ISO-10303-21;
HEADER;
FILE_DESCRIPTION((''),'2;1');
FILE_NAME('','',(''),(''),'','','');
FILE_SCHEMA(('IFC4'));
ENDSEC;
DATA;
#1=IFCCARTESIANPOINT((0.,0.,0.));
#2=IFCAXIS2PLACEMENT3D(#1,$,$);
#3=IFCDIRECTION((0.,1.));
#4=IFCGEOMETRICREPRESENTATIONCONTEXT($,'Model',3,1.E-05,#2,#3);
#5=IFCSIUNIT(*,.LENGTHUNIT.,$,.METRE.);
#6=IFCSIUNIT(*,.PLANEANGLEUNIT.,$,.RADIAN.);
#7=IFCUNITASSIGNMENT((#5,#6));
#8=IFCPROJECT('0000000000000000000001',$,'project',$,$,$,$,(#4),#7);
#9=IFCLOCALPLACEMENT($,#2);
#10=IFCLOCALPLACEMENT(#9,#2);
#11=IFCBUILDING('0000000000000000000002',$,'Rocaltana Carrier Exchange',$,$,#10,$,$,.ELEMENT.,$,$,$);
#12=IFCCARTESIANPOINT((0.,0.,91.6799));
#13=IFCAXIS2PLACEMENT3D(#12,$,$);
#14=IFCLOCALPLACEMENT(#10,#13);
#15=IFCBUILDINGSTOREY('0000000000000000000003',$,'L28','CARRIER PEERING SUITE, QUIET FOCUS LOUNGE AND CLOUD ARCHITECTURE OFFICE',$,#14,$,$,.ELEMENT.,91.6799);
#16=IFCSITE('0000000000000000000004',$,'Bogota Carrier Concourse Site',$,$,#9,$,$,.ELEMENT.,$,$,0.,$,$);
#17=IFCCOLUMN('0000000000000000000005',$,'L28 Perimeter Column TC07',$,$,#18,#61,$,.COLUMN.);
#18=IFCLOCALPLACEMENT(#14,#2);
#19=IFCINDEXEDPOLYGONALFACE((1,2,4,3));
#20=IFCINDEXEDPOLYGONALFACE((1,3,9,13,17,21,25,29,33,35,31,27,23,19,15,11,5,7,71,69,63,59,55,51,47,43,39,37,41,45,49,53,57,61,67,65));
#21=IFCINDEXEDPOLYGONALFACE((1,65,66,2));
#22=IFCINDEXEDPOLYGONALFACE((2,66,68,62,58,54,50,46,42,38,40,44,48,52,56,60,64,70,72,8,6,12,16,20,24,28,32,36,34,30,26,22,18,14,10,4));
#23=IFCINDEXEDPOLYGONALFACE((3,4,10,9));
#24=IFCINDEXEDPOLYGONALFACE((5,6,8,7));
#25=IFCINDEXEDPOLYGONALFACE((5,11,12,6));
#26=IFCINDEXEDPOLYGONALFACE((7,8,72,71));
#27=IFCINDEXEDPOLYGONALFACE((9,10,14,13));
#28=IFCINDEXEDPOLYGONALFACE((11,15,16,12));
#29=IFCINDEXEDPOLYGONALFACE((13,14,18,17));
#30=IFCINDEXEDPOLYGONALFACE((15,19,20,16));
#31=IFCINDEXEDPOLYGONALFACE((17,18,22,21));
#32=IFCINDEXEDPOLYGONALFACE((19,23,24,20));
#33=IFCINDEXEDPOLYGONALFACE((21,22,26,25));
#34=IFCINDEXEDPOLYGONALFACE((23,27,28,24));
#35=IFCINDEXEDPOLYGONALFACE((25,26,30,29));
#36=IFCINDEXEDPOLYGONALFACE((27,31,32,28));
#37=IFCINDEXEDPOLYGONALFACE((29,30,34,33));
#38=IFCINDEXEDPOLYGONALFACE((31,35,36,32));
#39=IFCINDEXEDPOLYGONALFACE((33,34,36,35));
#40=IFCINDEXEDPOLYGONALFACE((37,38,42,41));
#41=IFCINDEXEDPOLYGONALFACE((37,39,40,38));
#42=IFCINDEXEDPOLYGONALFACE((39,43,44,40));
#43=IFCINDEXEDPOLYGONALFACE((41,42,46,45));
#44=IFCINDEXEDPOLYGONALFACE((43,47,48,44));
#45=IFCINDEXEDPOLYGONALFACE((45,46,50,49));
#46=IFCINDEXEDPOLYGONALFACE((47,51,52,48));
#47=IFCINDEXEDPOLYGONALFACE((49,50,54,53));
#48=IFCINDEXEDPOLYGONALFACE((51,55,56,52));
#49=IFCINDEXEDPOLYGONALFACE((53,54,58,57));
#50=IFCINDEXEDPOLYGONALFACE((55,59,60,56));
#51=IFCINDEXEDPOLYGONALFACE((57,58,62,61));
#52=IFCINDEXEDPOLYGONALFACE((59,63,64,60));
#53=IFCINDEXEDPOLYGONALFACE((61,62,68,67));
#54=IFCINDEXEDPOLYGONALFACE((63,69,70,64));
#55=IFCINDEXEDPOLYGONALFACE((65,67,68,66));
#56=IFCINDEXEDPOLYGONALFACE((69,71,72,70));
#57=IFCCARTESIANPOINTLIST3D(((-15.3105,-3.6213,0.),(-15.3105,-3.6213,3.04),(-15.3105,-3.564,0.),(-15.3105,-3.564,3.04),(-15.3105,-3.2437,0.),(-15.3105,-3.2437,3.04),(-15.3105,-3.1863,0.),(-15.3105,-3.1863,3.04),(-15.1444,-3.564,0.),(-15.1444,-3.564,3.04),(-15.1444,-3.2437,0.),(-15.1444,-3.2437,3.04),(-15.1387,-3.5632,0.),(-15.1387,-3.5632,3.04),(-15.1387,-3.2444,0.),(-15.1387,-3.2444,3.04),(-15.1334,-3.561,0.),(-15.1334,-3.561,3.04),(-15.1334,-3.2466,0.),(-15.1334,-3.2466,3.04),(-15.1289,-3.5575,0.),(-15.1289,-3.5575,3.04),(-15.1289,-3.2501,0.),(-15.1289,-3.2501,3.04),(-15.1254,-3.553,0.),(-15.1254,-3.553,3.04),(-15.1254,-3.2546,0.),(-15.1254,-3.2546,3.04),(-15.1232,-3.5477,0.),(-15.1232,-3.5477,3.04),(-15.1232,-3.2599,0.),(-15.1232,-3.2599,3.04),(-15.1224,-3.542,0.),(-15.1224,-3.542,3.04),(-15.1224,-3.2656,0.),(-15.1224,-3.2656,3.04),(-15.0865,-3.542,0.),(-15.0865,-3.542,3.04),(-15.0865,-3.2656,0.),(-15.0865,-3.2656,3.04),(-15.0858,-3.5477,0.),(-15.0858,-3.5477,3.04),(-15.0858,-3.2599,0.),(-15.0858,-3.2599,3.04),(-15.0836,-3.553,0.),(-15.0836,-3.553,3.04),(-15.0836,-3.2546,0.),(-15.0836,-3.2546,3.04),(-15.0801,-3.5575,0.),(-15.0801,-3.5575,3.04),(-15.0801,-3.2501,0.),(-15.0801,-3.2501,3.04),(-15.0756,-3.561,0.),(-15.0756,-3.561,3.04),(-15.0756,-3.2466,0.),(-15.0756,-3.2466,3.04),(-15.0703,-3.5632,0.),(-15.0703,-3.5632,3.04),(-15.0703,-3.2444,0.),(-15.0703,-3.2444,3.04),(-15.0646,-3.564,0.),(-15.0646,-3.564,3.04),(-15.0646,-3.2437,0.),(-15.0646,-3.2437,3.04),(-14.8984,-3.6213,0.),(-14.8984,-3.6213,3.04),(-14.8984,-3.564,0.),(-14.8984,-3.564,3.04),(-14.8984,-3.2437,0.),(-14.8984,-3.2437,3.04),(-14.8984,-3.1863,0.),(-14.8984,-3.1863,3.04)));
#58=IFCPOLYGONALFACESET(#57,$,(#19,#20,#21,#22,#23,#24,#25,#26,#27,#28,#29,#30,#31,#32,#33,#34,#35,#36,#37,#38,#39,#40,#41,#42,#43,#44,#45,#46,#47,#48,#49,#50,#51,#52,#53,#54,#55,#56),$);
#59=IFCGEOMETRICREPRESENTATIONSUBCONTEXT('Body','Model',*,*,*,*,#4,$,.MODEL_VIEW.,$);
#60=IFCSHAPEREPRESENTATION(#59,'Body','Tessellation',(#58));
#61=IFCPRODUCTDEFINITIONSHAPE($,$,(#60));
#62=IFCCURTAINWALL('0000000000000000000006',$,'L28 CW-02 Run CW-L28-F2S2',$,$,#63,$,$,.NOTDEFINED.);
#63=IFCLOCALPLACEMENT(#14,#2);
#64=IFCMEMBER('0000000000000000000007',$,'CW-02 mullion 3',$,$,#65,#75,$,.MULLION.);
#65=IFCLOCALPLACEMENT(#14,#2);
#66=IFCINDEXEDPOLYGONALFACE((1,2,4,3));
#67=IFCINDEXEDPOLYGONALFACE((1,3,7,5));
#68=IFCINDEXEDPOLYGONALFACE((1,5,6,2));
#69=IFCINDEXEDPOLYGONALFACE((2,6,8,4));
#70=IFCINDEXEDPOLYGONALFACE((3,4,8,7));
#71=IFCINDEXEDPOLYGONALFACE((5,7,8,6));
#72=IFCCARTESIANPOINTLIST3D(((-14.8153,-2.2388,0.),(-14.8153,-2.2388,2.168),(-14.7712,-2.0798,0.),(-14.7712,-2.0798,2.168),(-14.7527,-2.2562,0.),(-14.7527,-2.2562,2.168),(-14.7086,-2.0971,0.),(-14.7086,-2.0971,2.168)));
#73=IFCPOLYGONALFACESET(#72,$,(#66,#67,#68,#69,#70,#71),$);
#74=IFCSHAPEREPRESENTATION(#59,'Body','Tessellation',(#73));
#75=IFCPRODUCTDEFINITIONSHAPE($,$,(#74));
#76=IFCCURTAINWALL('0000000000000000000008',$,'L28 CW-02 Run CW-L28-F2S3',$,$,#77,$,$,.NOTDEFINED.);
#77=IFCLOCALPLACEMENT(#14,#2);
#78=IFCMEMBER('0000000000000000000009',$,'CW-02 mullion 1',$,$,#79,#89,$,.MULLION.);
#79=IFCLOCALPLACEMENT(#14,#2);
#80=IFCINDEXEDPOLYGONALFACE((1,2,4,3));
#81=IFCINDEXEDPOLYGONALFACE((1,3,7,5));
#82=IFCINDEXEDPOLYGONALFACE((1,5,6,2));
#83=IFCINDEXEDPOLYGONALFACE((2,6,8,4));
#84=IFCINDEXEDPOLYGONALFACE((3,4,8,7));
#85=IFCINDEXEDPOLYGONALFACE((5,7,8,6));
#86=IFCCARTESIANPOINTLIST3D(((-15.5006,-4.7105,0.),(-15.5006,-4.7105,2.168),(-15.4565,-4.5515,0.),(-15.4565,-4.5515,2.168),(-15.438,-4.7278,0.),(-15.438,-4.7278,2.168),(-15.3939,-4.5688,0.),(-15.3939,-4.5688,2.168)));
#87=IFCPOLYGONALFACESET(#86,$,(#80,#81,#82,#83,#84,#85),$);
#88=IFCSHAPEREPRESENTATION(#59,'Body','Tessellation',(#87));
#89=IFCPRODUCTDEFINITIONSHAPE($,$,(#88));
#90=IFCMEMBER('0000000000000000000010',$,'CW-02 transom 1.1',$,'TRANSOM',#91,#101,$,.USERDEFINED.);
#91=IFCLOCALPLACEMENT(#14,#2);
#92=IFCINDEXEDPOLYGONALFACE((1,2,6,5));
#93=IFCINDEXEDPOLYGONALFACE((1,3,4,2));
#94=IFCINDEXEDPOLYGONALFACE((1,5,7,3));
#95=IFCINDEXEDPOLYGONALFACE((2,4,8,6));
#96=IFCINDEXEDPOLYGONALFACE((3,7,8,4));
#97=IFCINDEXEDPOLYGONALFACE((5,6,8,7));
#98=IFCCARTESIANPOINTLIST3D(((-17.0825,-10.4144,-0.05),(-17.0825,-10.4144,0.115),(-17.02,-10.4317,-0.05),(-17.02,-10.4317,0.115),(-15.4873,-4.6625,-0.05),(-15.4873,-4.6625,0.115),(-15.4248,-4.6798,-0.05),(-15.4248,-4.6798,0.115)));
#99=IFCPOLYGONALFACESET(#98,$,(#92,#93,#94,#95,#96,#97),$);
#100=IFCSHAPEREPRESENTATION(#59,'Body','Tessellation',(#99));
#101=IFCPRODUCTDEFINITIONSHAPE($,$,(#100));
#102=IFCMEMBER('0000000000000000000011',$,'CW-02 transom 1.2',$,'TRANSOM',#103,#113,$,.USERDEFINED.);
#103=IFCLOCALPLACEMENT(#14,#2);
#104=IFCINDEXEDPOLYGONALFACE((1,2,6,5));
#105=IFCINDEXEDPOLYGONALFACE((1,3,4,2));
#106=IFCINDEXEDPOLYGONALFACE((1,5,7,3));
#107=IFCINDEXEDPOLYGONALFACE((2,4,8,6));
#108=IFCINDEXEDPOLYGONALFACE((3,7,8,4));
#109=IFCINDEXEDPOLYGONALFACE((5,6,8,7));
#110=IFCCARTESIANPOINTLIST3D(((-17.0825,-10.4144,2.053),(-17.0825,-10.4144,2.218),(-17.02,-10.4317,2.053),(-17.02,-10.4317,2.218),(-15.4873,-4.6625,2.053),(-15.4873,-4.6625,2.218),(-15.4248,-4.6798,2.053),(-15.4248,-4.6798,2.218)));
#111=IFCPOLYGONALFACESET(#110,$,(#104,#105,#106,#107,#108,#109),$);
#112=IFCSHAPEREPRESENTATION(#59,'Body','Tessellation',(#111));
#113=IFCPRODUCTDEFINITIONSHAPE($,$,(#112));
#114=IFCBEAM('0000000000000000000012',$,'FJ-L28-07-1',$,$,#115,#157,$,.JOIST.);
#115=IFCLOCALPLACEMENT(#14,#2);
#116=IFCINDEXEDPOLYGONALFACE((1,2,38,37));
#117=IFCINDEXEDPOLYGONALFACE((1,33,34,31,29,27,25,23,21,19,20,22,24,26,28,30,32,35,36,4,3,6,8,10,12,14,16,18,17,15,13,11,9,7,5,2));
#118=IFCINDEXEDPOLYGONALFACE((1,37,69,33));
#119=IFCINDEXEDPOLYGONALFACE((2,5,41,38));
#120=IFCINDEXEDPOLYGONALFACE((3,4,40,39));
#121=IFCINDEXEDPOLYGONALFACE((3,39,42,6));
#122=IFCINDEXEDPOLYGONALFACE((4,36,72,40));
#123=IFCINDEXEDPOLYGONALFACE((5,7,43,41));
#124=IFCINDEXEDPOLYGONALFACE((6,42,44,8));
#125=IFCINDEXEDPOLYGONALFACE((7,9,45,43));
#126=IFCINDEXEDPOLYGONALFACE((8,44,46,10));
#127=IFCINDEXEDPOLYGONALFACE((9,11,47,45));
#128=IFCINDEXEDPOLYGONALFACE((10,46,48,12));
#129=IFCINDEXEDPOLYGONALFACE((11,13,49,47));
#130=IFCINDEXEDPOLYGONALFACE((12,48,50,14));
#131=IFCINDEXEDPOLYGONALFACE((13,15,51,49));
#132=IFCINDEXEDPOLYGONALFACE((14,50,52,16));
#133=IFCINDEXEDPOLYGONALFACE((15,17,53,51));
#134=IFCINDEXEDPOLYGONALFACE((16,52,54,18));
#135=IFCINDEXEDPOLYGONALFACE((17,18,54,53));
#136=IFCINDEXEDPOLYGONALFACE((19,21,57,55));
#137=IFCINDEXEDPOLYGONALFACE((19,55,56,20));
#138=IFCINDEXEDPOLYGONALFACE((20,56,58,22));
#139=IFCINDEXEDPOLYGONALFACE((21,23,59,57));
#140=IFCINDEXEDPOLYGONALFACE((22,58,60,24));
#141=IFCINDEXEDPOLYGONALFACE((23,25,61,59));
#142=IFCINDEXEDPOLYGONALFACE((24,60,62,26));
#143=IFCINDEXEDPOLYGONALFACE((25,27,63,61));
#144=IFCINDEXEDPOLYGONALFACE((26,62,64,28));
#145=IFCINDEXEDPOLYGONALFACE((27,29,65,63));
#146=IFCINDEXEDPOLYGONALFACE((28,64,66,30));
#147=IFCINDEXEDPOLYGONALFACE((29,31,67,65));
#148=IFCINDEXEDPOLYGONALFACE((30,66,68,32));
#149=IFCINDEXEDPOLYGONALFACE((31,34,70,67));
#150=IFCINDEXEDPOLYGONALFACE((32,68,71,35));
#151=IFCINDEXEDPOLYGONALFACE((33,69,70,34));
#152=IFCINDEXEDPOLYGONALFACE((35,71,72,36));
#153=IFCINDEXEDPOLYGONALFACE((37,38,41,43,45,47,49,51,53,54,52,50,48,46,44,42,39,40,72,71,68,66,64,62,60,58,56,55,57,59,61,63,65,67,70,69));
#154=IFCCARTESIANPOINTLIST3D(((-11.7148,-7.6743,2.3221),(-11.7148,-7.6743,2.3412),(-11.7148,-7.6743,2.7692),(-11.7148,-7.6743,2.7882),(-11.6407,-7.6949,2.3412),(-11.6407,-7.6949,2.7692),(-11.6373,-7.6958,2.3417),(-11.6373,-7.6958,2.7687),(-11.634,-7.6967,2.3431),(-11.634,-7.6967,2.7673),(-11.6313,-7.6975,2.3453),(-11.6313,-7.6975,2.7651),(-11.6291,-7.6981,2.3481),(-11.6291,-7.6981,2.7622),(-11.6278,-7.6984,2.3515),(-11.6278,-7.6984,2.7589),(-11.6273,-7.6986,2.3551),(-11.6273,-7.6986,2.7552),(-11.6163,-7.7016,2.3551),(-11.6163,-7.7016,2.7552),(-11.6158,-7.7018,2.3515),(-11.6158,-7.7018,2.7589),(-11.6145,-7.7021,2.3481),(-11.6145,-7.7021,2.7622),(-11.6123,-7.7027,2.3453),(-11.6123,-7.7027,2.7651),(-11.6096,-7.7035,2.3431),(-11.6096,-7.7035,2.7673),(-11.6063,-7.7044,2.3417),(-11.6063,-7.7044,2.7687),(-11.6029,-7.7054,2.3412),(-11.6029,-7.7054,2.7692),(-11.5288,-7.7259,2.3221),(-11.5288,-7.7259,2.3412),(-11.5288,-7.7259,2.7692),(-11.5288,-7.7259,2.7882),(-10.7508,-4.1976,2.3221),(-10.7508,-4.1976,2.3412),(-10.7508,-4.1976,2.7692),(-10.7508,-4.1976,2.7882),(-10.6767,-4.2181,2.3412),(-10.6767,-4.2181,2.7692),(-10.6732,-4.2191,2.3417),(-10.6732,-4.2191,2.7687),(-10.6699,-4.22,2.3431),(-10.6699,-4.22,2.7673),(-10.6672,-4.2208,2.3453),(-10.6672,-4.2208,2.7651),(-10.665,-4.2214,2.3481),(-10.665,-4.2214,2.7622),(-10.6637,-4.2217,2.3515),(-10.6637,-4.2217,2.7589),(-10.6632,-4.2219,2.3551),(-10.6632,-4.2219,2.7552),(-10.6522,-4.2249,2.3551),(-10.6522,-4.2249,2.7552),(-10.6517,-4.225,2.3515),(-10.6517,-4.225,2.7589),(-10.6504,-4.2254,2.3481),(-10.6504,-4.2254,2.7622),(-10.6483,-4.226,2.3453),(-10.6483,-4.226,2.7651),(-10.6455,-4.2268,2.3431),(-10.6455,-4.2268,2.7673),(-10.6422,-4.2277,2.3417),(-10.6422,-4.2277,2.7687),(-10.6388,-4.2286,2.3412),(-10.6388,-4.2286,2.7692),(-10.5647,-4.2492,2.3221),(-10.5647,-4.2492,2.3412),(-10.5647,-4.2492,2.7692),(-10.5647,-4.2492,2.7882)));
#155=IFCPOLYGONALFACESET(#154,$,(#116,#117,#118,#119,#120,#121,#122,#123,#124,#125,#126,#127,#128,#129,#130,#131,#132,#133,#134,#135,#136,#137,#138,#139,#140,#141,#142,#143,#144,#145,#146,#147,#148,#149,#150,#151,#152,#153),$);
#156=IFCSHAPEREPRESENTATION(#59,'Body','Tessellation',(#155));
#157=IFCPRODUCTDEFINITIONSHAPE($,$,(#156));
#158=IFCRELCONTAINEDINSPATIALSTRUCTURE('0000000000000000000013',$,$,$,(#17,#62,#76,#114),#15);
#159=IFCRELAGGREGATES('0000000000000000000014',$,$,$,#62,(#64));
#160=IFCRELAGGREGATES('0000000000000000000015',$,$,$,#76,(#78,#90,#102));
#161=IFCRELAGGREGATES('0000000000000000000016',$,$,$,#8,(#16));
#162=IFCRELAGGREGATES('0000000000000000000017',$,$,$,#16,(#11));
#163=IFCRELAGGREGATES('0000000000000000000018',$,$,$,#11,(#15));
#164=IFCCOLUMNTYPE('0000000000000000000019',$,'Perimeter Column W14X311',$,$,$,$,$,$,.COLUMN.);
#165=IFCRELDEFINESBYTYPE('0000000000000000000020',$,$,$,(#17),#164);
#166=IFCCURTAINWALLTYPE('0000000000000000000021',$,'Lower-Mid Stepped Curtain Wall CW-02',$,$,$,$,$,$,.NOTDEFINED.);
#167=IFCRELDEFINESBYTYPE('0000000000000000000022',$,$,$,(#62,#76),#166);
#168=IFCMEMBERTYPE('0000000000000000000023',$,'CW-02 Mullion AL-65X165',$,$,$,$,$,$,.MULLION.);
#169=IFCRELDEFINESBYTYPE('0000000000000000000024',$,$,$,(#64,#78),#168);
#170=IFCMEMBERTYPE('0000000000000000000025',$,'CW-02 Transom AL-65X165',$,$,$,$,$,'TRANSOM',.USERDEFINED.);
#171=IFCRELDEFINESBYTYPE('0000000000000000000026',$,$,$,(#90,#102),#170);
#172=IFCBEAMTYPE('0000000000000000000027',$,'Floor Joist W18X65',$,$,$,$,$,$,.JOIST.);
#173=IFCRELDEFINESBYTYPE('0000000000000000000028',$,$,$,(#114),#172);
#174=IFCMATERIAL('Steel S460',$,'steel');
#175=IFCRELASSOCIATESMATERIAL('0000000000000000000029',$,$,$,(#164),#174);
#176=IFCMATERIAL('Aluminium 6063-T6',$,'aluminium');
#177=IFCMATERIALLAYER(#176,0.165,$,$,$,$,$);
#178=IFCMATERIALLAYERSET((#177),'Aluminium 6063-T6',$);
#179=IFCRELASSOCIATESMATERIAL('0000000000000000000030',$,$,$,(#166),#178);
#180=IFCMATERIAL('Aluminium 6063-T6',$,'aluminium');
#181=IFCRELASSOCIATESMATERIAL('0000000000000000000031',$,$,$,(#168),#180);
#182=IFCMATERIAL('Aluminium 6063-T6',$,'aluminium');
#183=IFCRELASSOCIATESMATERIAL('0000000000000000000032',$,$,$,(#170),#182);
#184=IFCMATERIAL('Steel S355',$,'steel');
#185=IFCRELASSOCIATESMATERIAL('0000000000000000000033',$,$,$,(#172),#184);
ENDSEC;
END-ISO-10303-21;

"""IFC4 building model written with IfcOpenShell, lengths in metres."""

from ifc_helpers import new_model, si_unit, direction, frame, origin, origin_2d, place, context, subcontext, project, spatial, rectangle, i_section, extrude, material, layer, layer_set, material_profile, profile_set, type_object, element, aggregate, save


model = new_model("IFC4")

# Units and contexts
model_context = context("Model", 3, precision=1e-05, world=origin(), true_north=direction((0.0, 1.0)))
body_context = subcontext(model_context, "Body", "Model", "MODEL_VIEW")
ifc_project = project(units=[si_unit("LENGTHUNIT", "METRE"), si_unit("PLANEANGLEUNIT", "RADIAN")], contexts=[model_context])

# Site, building, storey
site_placement = place(None, origin())
site = spatial("IfcSite", under=ifc_project, at=site_placement, Name="Bogota Carrier Concourse Site", CompositionType="ELEMENT", RefElevation=0.0)
building_placement = place(site_placement, origin())
building = spatial("IfcBuilding", under=site, at=building_placement, Name="Rocaltana Carrier Exchange", CompositionType="ELEMENT")
storey_placement = place(building_placement, frame((0.0, 0.0, 91.6799)))
storey = spatial("IfcBuildingStorey", under=building, at=storey_placement, Name="L28", Description="CARRIER PEERING SUITE, QUIET FOCUS LOUNGE AND CLOUD ARCHITECTURE OFFICE", CompositionType="ELEMENT", Elevation=91.6799)

# Column
ifc_material_1 = material(Name="Steel S460", Category="steel")
ifc_material_profile_1 = material_profile(ifc_material_1, i_section(OverallWidth=0.4121, OverallDepth=0.4351, WebThickness=0.0359, FlangeThickness=0.0574, FilletRadius=0.022, at=origin_2d()), Name="W14X311")
ifc_profile_set_1 = profile_set([ifc_material_profile_1], Name="Steel S460")
column_type = type_object("IfcColumnType", Name="Perimeter Column W14X311", PredefinedType="COLUMN", material=ifc_profile_set_1)
column_placement = place(storey_placement, frame((-15.1045, -3.4038, 0.0), z_axis=(0.0, 0.0, 1.0), x_axis=(1.0, 0.0, 0.0)))
element("IfcColumn", 1, at=column_placement, inside=storey, type_object=column_type, Name="L28 Perimeter Column TC07", PredefinedType="COLUMN", context=body_context, shape_type="SweptSolid", body=[
    extrude(i_section(OverallWidth=0.4121, OverallDepth=0.4351, WebThickness=0.0359, FlangeThickness=0.0574, FilletRadius=0.022, at=origin_2d()), origin(), (0.0, 0.0, 1.0), 3.04),
])

# Curtain wall, member
ifc_material_2 = material(Name="Aluminium 6063-T6", Category="aluminium")
ifc_layer_1 = layer(ifc_material_2, 0.165)
ifc_layer_set_1 = layer_set([ifc_layer_1], Name="Aluminium 6063-T6")
curtain_wall_type = type_object("IfcCurtainWallType", Name="Lower-Mid Stepped Curtain Wall CW-02", PredefinedType="NOTDEFINED", material=ifc_layer_set_1)
curtain_wall_1_placement = place(storey_placement, origin())
curtain_wall_1 = element("IfcCurtainWall", 2, at=curtain_wall_1_placement, inside=storey, type_object=curtain_wall_type, Name="L28 CW-02 Run CW-L28-F2S2", PredefinedType="NOTDEFINED")
ifc_material_3 = material(Name="Aluminium 6063-T6", Category="aluminium")
ifc_material_profile_2 = material_profile(ifc_material_3, rectangle(XDim=0.0649, YDim=0.165, at=origin_2d()), Name="AL-65X165")
ifc_profile_set_2 = profile_set([ifc_material_profile_2], Name="Aluminium 6063-T6")
member_type_1 = type_object("IfcMemberType", Name="CW-02 Mullion AL-65X165", PredefinedType="MULLION", material=ifc_profile_set_2)
member_1_placement = place(storey_placement, frame((-14.762, -2.168, 0.0), z_axis=(0.0, 0.0, 1.0), x_axis=(0.963631, -0.267238, 0.0)))
member_1 = element("IfcMember", 3, at=member_1_placement, type_object=member_type_1, Name="CW-02 mullion 3", PredefinedType="MULLION", context=body_context, shape_type="SweptSolid", body=[
    extrude(rectangle(XDim=0.0649, YDim=0.165, at=origin_2d()), origin(), (0.0, 0.0, 1.0), 2.168),
])
aggregate(curtain_wall_1, [member_1])

# Curtain wall, members
curtain_wall_2_placement = place(storey_placement, origin())
curtain_wall_2 = element("IfcCurtainWall", 4, at=curtain_wall_2_placement, inside=storey, type_object=curtain_wall_type, Name="L28 CW-02 Run CW-L28-F2S3", PredefinedType="NOTDEFINED")
member_2_placement = place(storey_placement, frame((-15.4473, -4.6396, 0.0), z_axis=(0.0, 0.0, 1.0), x_axis=(0.963629, -0.267243, 0.0)))
member_2 = element("IfcMember", 5, at=member_2_placement, type_object=member_type_1, Name="CW-02 mullion 1", PredefinedType="MULLION", context=body_context, shape_type="SweptSolid", body=[
    extrude(rectangle(XDim=0.0649, YDim=0.165, at=origin_2d()), origin(), (0.0, 0.0, 1.0), 2.168),
])
ifc_material_4 = material(Name="Aluminium 6063-T6", Category="aluminium")
ifc_material_profile_3 = material_profile(ifc_material_4, rectangle(XDim=0.0649, YDim=0.165, at=origin_2d()), Name="AL-65X165")
ifc_profile_set_3 = profile_set([ifc_material_profile_3], Name="Aluminium 6063-T6")
member_type_2 = type_object("IfcMemberType", Name="CW-02 Transom AL-65X165", ElementType="TRANSOM", PredefinedType="USERDEFINED", material=ifc_profile_set_3)
member_3_placement = place(storey_placement, frame((-15.4561, -4.6711, 0.0325), z_axis=(-0.267247, -0.963628, 0.0), x_axis=(0.963628, -0.267247, 0.0)))
member_3 = element("IfcMember", 6, at=member_3_placement, type_object=member_type_2, Name="CW-02 transom 1.1", ObjectType="TRANSOM", PredefinedType="USERDEFINED", context=body_context, shape_type="SweptSolid", body=[
    extrude(rectangle(XDim=0.0649, YDim=0.165, at=origin_2d()), origin(), (0.0, 0.0, 1.0), 5.969),
])
member_4_placement = place(storey_placement, frame((-15.4561, -4.6711, 2.1355), z_axis=(-0.267247, -0.963628, 0.0), x_axis=(0.963628, -0.267247, 0.0)))
member_4 = element("IfcMember", 7, at=member_4_placement, type_object=member_type_2, Name="CW-02 transom 1.2", ObjectType="TRANSOM", PredefinedType="USERDEFINED", context=body_context, shape_type="SweptSolid", body=[
    extrude(rectangle(XDim=0.0649, YDim=0.165, at=origin_2d()), origin(), (0.0, 0.0, 1.0), 5.969),
])

# Beam
ifc_material_5 = material(Name="Steel S355", Category="steel")
ifc_material_profile_4 = material_profile(ifc_material_5, i_section(OverallWidth=0.1931, OverallDepth=0.4661, WebThickness=0.0115, FlangeThickness=0.019, FilletRadius=0.0139, at=origin_2d()), Name="W18X65")
ifc_profile_set_4 = profile_set([ifc_material_profile_4], Name="Steel S355")
beam_type_1 = type_object("IfcBeamType", Name="Floor Joist W18X65", PredefinedType="JOIST", material=ifc_profile_set_4)
beam_1_placement = place(storey_placement, frame((-10.6577, -4.2234, 2.5552), z_axis=(-0.267215, -0.963637, 0.0), x_axis=(0.963637, -0.267215, 0.0)))
element("IfcBeam", 8, at=beam_1_placement, inside=storey, type_object=beam_type_1, Name="FJ-L28-07-1", PredefinedType="JOIST", context=body_context, shape_type="SweptSolid", body=[
    extrude(i_section(OverallWidth=0.1931, OverallDepth=0.4661, WebThickness=0.0115, FlangeThickness=0.019, FilletRadius=0.0139, at=origin_2d()), origin(), (0.0, 0.0, 1.0), 3.6079),
])

aggregate(curtain_wall_2, [member_2, member_3, member_4])

save(model, "model.ifc")
